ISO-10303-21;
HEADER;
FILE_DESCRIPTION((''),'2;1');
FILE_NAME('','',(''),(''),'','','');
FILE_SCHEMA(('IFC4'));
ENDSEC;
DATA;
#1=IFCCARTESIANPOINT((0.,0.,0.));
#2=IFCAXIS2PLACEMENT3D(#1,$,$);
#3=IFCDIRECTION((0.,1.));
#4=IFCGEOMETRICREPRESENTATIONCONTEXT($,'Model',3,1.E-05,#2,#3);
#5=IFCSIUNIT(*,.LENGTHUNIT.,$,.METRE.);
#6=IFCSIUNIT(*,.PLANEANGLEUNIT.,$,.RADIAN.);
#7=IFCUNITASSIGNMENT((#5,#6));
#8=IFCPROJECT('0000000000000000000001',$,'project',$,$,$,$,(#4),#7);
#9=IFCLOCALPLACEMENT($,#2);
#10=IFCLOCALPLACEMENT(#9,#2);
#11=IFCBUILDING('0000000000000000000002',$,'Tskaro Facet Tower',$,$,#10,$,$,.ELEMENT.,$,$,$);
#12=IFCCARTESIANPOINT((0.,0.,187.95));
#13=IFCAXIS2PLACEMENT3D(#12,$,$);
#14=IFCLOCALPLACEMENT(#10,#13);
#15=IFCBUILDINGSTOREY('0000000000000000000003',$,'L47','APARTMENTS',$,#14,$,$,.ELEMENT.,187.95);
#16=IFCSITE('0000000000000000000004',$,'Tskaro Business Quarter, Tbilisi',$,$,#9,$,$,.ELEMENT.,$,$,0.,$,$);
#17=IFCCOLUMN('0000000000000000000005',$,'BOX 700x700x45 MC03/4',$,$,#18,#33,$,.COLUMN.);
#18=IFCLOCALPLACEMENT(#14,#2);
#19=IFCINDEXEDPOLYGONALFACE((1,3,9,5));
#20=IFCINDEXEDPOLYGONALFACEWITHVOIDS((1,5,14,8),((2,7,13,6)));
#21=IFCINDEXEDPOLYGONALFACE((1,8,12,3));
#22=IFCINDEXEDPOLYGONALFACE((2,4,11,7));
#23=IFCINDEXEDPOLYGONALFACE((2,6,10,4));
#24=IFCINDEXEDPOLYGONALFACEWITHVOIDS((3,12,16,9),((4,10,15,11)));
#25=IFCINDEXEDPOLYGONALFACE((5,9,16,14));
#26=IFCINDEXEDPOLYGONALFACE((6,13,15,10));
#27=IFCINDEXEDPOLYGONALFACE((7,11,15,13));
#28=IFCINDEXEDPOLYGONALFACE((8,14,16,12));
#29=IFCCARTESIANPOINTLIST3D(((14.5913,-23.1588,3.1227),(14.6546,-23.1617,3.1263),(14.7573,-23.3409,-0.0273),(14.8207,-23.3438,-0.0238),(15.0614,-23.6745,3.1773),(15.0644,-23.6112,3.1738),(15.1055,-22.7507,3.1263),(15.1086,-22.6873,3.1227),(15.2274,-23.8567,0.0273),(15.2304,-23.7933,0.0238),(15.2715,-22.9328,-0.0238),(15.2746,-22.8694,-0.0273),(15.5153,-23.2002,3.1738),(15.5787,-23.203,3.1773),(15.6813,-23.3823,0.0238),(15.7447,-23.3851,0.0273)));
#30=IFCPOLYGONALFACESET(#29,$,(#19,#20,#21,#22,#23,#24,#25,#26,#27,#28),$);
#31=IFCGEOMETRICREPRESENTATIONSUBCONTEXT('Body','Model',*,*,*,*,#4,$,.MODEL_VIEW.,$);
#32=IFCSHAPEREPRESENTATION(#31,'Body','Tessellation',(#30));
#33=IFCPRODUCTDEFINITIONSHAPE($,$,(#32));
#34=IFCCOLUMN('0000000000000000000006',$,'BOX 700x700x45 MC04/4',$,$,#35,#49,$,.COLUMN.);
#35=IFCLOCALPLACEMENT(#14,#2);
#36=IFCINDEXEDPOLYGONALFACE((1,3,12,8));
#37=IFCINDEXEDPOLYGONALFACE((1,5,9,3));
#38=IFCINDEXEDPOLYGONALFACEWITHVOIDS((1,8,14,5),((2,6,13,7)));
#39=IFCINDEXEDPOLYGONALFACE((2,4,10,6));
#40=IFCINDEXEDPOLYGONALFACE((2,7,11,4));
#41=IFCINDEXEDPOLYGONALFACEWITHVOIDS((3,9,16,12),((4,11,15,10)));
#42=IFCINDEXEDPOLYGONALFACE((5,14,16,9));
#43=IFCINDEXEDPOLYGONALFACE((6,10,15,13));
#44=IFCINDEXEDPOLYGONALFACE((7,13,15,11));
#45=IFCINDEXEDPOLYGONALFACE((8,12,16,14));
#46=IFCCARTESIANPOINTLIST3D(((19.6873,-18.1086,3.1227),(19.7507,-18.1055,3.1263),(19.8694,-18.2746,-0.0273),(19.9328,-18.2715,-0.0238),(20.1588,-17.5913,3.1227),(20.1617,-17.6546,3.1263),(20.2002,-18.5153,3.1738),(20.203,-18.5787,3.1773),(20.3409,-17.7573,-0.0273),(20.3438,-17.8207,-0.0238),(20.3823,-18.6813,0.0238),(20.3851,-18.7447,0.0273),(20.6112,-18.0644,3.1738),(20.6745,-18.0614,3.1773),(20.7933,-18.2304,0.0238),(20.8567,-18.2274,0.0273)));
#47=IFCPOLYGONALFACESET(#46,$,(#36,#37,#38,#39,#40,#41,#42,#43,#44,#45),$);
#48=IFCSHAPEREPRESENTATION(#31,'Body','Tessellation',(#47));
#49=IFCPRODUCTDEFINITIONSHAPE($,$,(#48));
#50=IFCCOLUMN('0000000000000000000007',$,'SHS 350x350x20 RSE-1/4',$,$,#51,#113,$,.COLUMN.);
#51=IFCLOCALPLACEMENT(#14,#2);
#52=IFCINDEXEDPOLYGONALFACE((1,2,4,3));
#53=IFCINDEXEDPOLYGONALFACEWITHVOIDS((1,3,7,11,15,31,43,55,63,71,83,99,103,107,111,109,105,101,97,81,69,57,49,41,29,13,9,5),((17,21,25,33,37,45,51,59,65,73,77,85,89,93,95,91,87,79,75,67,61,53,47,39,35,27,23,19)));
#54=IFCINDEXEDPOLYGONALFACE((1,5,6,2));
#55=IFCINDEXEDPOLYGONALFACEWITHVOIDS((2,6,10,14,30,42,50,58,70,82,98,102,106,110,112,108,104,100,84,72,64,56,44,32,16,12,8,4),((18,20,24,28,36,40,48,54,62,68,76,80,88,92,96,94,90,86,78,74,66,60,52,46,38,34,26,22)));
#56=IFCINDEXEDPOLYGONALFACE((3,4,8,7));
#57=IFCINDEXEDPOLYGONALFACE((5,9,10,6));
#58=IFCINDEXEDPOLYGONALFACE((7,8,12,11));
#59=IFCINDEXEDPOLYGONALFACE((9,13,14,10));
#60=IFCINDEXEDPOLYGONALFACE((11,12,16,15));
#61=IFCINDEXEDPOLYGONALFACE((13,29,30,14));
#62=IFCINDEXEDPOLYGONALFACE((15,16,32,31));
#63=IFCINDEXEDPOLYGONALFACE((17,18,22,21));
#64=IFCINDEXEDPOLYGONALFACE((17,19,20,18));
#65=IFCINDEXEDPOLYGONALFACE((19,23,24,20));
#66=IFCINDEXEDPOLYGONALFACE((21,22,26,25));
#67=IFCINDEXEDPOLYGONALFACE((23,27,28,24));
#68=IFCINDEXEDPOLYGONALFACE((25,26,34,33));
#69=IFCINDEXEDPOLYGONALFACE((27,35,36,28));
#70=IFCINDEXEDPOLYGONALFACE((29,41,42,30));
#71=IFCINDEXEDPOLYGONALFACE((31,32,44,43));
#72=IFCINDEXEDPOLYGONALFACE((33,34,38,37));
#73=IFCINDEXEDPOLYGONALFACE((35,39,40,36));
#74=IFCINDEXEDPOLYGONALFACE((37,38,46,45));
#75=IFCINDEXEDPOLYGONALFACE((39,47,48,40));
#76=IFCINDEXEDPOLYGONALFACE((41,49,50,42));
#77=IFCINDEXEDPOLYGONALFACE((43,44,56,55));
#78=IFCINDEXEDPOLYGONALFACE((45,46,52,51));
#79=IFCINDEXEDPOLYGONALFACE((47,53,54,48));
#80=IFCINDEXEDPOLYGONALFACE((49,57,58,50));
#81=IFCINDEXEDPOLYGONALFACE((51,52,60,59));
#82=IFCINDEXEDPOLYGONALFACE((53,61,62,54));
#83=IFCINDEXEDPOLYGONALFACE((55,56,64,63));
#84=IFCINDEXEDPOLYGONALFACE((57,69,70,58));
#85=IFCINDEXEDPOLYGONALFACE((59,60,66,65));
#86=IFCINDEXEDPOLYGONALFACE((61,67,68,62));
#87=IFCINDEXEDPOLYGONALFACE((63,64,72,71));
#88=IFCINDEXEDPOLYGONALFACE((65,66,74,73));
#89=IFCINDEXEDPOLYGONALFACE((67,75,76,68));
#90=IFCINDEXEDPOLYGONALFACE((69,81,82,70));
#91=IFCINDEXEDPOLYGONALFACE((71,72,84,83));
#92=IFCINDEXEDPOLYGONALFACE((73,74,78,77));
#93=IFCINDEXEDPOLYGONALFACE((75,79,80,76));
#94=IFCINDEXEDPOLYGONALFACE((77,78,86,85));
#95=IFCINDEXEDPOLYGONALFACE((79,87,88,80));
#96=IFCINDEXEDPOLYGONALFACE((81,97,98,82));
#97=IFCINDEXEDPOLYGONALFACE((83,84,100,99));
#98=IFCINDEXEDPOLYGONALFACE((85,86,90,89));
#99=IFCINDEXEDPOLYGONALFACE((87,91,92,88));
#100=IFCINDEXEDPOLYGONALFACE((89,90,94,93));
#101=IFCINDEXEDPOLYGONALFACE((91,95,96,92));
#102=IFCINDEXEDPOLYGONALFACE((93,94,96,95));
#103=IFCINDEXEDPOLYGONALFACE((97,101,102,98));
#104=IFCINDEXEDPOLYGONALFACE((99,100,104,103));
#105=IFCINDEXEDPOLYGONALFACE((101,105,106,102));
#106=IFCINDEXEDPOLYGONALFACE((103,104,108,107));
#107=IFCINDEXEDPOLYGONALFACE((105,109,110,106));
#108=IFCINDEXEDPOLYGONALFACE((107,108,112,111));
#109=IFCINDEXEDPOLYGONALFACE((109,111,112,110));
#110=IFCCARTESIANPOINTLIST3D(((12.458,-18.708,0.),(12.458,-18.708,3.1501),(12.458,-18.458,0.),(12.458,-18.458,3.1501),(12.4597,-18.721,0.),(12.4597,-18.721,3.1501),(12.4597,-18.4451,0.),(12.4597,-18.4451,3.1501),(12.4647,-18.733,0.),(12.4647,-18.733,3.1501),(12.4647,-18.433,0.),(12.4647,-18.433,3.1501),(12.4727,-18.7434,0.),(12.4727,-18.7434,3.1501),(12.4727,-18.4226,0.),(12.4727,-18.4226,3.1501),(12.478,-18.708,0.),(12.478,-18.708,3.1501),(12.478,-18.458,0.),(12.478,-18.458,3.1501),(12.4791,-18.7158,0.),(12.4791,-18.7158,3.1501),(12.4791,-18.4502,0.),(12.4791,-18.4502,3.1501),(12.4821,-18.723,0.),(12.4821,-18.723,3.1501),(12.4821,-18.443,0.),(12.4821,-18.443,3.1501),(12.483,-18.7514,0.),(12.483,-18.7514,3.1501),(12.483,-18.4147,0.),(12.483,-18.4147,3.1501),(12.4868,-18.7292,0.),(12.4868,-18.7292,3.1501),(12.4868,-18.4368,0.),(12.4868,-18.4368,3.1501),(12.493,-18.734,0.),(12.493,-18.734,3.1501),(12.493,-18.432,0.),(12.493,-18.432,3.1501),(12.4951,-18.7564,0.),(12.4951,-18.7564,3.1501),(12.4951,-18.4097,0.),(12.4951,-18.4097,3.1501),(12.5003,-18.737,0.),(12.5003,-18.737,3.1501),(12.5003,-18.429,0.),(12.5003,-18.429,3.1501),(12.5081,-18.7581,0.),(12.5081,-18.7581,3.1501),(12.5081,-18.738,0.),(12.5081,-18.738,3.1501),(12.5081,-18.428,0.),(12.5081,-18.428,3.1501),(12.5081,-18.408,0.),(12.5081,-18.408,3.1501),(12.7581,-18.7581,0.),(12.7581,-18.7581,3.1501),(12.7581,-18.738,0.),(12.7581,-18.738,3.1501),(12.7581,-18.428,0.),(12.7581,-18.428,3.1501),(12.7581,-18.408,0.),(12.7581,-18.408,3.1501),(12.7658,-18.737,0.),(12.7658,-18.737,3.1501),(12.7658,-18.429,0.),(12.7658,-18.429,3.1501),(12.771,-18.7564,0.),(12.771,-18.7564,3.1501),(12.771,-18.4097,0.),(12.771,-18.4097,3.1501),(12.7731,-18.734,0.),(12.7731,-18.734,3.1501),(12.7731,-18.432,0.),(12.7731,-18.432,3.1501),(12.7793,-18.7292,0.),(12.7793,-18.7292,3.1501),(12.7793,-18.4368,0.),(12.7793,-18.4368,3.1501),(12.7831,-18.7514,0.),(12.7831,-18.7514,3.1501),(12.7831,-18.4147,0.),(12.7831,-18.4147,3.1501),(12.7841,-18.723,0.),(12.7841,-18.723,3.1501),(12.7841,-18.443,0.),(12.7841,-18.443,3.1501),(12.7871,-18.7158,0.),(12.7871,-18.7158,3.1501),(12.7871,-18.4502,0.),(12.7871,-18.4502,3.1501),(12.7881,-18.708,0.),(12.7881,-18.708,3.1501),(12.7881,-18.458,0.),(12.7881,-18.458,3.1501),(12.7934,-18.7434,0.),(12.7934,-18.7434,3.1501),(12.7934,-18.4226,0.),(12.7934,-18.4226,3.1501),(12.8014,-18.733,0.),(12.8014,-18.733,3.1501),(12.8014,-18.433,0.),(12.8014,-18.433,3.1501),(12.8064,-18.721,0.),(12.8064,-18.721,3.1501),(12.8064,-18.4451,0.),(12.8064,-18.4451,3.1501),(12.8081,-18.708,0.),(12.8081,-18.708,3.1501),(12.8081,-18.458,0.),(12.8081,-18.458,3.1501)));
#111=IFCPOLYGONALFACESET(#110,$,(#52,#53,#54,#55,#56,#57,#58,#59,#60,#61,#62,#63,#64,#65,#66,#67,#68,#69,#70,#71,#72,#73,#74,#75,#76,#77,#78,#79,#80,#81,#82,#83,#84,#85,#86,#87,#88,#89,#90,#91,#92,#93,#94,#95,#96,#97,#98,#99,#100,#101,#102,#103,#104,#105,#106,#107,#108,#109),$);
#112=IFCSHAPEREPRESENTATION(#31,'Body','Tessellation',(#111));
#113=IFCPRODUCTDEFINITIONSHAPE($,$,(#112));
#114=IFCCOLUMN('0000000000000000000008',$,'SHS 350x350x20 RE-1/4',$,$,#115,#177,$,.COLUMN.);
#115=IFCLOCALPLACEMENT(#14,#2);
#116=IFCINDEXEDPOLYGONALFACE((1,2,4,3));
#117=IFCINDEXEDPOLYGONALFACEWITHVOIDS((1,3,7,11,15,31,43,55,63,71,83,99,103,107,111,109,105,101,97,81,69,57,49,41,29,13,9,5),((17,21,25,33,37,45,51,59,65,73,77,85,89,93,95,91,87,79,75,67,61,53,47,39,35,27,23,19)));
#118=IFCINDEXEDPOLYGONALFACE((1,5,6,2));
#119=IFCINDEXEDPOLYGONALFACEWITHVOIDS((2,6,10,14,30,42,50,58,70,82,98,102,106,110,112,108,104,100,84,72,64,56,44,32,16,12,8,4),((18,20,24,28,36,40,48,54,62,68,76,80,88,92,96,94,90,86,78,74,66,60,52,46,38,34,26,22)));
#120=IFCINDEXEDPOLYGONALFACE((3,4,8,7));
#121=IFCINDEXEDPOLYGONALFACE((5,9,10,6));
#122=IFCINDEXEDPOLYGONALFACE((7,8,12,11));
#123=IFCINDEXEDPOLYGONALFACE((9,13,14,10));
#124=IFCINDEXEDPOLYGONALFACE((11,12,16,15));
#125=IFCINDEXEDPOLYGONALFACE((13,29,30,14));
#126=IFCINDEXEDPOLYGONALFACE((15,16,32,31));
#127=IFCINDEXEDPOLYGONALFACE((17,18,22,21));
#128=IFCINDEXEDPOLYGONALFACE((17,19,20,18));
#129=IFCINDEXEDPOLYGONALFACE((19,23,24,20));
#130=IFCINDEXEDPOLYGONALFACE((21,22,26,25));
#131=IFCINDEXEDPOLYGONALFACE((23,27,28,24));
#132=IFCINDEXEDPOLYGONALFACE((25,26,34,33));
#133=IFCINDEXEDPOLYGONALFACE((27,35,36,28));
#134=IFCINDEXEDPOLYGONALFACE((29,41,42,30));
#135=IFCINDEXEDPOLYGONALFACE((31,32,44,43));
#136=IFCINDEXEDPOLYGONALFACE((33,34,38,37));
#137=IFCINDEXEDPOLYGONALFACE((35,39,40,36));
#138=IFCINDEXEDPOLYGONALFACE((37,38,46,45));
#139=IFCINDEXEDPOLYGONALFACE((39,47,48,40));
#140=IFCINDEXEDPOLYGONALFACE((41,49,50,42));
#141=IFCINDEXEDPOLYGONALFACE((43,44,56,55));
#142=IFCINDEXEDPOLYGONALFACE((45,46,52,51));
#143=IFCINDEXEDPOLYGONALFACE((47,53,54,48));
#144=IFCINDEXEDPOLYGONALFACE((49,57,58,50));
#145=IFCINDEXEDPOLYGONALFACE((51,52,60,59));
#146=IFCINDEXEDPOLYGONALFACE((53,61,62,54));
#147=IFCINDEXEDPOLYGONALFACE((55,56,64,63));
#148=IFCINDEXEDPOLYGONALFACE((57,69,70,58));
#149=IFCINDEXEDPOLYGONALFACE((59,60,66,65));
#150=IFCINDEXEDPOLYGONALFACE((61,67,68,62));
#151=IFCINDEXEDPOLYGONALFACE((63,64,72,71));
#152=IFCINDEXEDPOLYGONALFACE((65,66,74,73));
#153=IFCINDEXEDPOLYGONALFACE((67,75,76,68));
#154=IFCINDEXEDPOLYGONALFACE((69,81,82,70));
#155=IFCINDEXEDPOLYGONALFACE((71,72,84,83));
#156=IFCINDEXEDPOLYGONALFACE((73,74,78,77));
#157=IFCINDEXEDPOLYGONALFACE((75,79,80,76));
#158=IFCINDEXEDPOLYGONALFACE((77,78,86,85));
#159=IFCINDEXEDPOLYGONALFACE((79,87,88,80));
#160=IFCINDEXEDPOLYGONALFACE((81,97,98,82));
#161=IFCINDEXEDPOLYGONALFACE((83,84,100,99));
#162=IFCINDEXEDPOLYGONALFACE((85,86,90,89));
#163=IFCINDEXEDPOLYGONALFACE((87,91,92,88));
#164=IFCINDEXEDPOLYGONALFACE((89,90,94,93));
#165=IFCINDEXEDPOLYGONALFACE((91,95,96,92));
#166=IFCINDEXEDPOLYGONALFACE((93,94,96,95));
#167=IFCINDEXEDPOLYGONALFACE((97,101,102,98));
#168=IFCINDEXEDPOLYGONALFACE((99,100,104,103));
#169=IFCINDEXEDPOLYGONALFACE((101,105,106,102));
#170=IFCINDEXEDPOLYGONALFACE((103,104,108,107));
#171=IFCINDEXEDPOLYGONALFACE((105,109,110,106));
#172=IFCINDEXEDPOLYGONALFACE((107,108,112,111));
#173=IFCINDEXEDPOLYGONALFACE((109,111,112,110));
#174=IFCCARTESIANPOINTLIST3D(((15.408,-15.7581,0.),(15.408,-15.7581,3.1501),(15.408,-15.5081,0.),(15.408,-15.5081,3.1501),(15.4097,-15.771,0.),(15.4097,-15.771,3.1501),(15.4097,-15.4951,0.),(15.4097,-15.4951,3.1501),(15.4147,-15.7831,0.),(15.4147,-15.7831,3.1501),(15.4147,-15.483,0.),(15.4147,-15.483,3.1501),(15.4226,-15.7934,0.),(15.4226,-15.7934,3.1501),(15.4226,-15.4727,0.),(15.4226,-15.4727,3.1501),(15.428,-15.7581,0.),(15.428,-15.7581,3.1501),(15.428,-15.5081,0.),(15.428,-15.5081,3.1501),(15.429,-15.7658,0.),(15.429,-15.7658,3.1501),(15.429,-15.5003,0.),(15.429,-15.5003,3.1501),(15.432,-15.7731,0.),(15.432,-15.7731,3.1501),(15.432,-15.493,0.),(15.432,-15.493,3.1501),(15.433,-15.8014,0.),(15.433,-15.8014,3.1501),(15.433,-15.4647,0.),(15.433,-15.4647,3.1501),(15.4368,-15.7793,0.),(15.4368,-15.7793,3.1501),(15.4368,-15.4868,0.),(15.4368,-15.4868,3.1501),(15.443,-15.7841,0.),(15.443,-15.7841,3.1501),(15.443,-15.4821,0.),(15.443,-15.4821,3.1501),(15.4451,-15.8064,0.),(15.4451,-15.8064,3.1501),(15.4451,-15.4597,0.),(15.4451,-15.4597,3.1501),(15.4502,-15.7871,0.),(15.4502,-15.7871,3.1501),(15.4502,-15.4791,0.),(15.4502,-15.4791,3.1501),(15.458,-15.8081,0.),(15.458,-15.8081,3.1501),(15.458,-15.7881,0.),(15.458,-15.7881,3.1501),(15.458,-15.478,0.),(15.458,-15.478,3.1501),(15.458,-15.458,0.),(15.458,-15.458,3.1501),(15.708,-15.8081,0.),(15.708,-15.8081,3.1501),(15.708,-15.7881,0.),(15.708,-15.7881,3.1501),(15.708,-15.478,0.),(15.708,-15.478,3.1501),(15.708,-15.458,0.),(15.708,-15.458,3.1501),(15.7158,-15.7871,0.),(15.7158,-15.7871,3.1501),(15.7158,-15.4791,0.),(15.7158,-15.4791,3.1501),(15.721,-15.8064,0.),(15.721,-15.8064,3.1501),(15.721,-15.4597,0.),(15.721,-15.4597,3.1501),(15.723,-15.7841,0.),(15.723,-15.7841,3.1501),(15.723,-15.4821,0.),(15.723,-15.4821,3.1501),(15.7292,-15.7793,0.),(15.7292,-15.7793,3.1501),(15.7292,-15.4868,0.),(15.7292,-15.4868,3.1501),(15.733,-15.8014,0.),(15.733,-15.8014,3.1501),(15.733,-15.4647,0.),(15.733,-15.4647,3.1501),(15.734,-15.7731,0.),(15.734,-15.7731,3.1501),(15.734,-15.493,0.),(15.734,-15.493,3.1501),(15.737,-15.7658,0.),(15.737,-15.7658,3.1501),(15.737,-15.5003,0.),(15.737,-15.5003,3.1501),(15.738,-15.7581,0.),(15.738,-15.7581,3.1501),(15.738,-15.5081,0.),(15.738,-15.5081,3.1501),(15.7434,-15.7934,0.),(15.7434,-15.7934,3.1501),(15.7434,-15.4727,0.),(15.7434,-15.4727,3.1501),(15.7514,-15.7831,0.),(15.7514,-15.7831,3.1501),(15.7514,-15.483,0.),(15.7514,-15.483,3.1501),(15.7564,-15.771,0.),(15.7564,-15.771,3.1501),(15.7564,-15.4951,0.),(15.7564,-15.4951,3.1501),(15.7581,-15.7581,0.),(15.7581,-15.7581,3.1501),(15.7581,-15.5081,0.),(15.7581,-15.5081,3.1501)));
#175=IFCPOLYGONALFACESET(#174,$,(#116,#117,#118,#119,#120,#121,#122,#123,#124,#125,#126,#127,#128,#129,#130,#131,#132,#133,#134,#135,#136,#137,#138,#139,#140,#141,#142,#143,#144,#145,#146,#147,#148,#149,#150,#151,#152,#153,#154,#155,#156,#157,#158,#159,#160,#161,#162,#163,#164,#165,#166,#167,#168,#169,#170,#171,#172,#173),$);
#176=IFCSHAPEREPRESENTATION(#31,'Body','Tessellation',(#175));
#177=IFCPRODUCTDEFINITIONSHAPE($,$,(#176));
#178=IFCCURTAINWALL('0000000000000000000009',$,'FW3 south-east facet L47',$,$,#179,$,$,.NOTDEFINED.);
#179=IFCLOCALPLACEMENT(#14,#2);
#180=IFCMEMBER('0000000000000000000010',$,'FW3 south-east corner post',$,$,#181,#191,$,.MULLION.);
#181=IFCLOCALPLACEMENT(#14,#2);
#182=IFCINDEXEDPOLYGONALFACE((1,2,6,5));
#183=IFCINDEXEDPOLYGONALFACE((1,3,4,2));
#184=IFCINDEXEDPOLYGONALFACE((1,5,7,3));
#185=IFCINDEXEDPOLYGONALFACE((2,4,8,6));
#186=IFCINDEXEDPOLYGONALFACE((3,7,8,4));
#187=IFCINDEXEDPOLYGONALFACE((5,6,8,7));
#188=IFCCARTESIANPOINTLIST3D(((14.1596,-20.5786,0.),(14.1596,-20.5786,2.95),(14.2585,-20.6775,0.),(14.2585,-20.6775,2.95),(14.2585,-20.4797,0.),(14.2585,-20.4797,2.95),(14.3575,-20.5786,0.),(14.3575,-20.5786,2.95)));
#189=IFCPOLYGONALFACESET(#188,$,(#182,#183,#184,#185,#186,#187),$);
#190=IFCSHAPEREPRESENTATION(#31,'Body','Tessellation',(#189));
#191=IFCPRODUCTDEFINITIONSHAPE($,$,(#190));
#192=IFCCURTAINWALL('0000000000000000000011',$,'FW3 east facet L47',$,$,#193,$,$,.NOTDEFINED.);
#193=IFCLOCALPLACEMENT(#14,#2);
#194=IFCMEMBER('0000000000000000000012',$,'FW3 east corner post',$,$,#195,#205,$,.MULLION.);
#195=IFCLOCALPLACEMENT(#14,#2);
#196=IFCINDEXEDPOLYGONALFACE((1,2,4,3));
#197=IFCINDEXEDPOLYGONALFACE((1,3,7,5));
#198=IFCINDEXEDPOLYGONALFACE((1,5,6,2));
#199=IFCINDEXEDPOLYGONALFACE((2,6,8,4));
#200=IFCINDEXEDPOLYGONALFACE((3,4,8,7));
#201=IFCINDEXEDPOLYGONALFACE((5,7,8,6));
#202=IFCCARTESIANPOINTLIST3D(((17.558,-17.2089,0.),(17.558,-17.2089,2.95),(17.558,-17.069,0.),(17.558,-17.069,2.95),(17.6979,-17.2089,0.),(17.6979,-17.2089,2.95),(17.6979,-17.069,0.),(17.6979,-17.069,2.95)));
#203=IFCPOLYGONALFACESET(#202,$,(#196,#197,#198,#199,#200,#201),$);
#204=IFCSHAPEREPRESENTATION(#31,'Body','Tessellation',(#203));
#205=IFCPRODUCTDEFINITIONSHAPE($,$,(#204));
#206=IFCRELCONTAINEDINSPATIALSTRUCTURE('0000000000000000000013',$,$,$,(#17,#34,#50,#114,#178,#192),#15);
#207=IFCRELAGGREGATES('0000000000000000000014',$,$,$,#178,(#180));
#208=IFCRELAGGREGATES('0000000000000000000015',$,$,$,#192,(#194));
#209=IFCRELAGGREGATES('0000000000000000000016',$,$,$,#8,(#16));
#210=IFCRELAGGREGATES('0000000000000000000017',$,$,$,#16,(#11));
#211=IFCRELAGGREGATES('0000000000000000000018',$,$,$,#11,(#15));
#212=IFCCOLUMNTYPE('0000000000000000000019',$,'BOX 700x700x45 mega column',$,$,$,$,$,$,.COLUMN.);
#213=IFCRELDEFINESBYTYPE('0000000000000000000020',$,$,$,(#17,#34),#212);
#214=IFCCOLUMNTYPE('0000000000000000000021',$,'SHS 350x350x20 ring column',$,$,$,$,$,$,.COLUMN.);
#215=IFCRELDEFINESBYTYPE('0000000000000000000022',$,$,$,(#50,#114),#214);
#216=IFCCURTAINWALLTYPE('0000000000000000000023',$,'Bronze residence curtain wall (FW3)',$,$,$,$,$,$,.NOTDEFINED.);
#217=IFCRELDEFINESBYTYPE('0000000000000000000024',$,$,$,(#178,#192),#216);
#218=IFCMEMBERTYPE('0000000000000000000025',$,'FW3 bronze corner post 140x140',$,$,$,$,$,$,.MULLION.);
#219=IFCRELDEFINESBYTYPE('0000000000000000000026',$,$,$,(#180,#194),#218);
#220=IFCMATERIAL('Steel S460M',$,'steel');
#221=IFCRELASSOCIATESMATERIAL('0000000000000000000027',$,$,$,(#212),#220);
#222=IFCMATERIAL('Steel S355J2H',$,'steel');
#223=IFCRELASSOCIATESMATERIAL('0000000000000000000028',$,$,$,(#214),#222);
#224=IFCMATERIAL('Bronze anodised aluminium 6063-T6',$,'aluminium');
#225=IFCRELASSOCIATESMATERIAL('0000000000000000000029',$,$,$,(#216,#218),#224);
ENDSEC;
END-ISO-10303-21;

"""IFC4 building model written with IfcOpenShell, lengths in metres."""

from ifc_helpers import new_model, si_unit, direction, frame, origin, origin_2d, place, context, subcontext, project, spatial, rectangle, hollow_rectangle, extrude, material, material_profile, profile_set, type_object, element, aggregate, save


model = new_model("IFC4")

# Units and contexts
model_context = context("Model", 3, precision=1e-05, world=origin(), true_north=direction((0.0, 1.0)))
body_context = subcontext(model_context, "Body", "Model", "MODEL_VIEW")
ifc_project = project(units=[si_unit("LENGTHUNIT", "METRE"), si_unit("PLANEANGLEUNIT", "RADIAN")], contexts=[model_context])

# Site, building, storey
site_placement = place(None, origin())
site = spatial("IfcSite", under=ifc_project, at=site_placement, Name="Tskaro Business Quarter, Tbilisi", CompositionType="ELEMENT", RefElevation=0.0)
building_placement = place(site_placement, origin())
building = spatial("IfcBuilding", under=site, at=building_placement, Name="Tskaro Facet Tower", CompositionType="ELEMENT")
storey_placement = place(building_placement, frame((0.0, 0.0, 187.95)))
storey = spatial("IfcBuildingStorey", under=building, at=storey_placement, Name="L47", Description="APARTMENTS", CompositionType="ELEMENT", Elevation=187.95)

# Columns
ifc_material_1 = material(Name="Steel S460M", Category="steel")
ifc_material_profile_1 = material_profile(ifc_material_1, hollow_rectangle(XDim=0.7, YDim=0.7, WallThickness=0.0449, at=origin_2d()), Name="BOX 700x700x45")
ifc_profile_set_1 = profile_set([ifc_material_profile_1], Name="Steel S460M")
column_type_1 = type_object("IfcColumnType", Name="BOX 700x700x45 mega column", PredefinedType="COLUMN", material=ifc_profile_set_1)
for number, where, z_axis, x_axis, name in (
    (1, (15.251, -23.363, 0.0), (-0.05254, 0.05764, 0.996954), (-0.739043, -0.673658, 0.0), "BOX 700x700x45 MC03/4"),
    (2, (20.363, -18.251, 0.0), (-0.05764, 0.05254, 0.996954), (-0.673658, -0.739043, 0.0), "BOX 700x700x45 MC04/4"),
):
    element("IfcColumn", number, at=place(storey_placement, frame(where, z_axis=z_axis, x_axis=x_axis)), inside=storey, type_object=column_type_1, Name=name, PredefinedType="COLUMN", context=body_context, shape_type="SweptSolid", body=[
        extrude(hollow_rectangle(XDim=0.7, YDim=0.7, WallThickness=0.0449, at=origin_2d()), origin(), (0.0, 0.0, 1.0), 3.1597),
    ])
ifc_material_2 = material(Name="Steel S355J2H", Category="steel")
ifc_material_profile_2 = material_profile(ifc_material_2, hollow_rectangle(XDim=0.3501, YDim=0.3501, WallThickness=0.02, InnerFilletRadius=0.03, OuterFilletRadius=0.05, at=origin_2d()), Name="SHS 350x350x20")
ifc_profile_set_2 = profile_set([ifc_material_profile_2], Name="Steel S355J2H")
column_type_2 = type_object("IfcColumnType", Name="SHS 350x350x20 ring column", PredefinedType="COLUMN", material=ifc_profile_set_2)
for number, where, z_axis, x_axis, name in (
    (3, (12.6331, -18.583, 0.0), (0.0, 0.0, 1.0), (1.0, 0.0, 0.0), "SHS 350x350x20 RSE-1/4"),
    (4, (15.583, -15.6331, 0.0), (0.0, 0.0, 1.0), (1.0, 0.0, 0.0), "SHS 350x350x20 RE-1/4"),
):
    element("IfcColumn", number, at=place(storey_placement, frame(where, z_axis=z_axis, x_axis=x_axis)), inside=storey, type_object=column_type_2, Name=name, PredefinedType="COLUMN", context=body_context, shape_type="SweptSolid", body=[
        extrude(hollow_rectangle(XDim=0.3501, YDim=0.3501, WallThickness=0.02, InnerFilletRadius=0.03, OuterFilletRadius=0.05, at=origin_2d()), origin(), (0.0, 0.0, 1.0), 3.1501),
    ])

# Curtain walls, members
ifc_material_3 = material(Name="Bronze anodised aluminium 6063-T6", Category="aluminium")
curtain_wall_type = type_object("IfcCurtainWallType", Name="Bronze residence curtain wall (FW3)", PredefinedType="NOTDEFINED", material=ifc_material_3)
curtain_wall_1_placement = place(storey_placement, origin())
curtain_wall_1 = element("IfcCurtainWall", 5, at=curtain_wall_1_placement, inside=storey, type_object=curtain_wall_type, Name="FW3 south-east facet L47", PredefinedType="NOTDEFINED")
ifc_material_profile_3 = material_profile(ifc_material_3, rectangle(XDim=0.1399, YDim=0.1399, at=origin_2d()), Name="Corner post 140x140")
ifc_profile_set_3 = profile_set([ifc_material_profile_3], Name="Bronze anodised aluminium 6063-T6")
member_type_1 = type_object("IfcMemberType", Name="FW3 bronze corner post 140x140", PredefinedType="MULLION", material=ifc_profile_set_3)
member_1_placement = place(storey_placement, frame((14.2585, -20.5786, 0.0), z_axis=(0.0, 0.0, 1.0), x_axis=(0.707107, 0.707107, 0.0)))
member_1 = element("IfcMember", 6, at=member_1_placement, type_object=member_type_1, Name="FW3 south-east corner post", PredefinedType="MULLION", context=body_context, shape_type="SweptSolid", body=[
    extrude(rectangle(XDim=0.1399, YDim=0.1399, at=origin_2d()), origin(), (0.0, 0.0, 1.0), 2.95),
])
curtain_wall_2_placement = place(storey_placement, origin())
curtain_wall_2 = element("IfcCurtainWall", 7, at=curtain_wall_2_placement, inside=storey, type_object=curtain_wall_type, Name="FW3 east facet L47", PredefinedType="NOTDEFINED")
member_2_placement = place(storey_placement, frame((17.6279, -17.1389, 0.0), z_axis=(0.0, 0.0, 1.0), x_axis=(0.0, 1.0, 0.0)))
member_2 = element("IfcMember", 8, at=member_2_placement, type_object=member_type_1, Name="FW3 east corner post", PredefinedType="MULLION", context=body_context, shape_type="SweptSolid", body=[
    extrude(rectangle(XDim=0.1399, YDim=0.1399, at=origin_2d()), origin(), (0.0, 0.0, 1.0), 2.95),
])

aggregate(curtain_wall_1, [member_1])
aggregate(curtain_wall_2, [member_2])

save(model, "model.ifc")
